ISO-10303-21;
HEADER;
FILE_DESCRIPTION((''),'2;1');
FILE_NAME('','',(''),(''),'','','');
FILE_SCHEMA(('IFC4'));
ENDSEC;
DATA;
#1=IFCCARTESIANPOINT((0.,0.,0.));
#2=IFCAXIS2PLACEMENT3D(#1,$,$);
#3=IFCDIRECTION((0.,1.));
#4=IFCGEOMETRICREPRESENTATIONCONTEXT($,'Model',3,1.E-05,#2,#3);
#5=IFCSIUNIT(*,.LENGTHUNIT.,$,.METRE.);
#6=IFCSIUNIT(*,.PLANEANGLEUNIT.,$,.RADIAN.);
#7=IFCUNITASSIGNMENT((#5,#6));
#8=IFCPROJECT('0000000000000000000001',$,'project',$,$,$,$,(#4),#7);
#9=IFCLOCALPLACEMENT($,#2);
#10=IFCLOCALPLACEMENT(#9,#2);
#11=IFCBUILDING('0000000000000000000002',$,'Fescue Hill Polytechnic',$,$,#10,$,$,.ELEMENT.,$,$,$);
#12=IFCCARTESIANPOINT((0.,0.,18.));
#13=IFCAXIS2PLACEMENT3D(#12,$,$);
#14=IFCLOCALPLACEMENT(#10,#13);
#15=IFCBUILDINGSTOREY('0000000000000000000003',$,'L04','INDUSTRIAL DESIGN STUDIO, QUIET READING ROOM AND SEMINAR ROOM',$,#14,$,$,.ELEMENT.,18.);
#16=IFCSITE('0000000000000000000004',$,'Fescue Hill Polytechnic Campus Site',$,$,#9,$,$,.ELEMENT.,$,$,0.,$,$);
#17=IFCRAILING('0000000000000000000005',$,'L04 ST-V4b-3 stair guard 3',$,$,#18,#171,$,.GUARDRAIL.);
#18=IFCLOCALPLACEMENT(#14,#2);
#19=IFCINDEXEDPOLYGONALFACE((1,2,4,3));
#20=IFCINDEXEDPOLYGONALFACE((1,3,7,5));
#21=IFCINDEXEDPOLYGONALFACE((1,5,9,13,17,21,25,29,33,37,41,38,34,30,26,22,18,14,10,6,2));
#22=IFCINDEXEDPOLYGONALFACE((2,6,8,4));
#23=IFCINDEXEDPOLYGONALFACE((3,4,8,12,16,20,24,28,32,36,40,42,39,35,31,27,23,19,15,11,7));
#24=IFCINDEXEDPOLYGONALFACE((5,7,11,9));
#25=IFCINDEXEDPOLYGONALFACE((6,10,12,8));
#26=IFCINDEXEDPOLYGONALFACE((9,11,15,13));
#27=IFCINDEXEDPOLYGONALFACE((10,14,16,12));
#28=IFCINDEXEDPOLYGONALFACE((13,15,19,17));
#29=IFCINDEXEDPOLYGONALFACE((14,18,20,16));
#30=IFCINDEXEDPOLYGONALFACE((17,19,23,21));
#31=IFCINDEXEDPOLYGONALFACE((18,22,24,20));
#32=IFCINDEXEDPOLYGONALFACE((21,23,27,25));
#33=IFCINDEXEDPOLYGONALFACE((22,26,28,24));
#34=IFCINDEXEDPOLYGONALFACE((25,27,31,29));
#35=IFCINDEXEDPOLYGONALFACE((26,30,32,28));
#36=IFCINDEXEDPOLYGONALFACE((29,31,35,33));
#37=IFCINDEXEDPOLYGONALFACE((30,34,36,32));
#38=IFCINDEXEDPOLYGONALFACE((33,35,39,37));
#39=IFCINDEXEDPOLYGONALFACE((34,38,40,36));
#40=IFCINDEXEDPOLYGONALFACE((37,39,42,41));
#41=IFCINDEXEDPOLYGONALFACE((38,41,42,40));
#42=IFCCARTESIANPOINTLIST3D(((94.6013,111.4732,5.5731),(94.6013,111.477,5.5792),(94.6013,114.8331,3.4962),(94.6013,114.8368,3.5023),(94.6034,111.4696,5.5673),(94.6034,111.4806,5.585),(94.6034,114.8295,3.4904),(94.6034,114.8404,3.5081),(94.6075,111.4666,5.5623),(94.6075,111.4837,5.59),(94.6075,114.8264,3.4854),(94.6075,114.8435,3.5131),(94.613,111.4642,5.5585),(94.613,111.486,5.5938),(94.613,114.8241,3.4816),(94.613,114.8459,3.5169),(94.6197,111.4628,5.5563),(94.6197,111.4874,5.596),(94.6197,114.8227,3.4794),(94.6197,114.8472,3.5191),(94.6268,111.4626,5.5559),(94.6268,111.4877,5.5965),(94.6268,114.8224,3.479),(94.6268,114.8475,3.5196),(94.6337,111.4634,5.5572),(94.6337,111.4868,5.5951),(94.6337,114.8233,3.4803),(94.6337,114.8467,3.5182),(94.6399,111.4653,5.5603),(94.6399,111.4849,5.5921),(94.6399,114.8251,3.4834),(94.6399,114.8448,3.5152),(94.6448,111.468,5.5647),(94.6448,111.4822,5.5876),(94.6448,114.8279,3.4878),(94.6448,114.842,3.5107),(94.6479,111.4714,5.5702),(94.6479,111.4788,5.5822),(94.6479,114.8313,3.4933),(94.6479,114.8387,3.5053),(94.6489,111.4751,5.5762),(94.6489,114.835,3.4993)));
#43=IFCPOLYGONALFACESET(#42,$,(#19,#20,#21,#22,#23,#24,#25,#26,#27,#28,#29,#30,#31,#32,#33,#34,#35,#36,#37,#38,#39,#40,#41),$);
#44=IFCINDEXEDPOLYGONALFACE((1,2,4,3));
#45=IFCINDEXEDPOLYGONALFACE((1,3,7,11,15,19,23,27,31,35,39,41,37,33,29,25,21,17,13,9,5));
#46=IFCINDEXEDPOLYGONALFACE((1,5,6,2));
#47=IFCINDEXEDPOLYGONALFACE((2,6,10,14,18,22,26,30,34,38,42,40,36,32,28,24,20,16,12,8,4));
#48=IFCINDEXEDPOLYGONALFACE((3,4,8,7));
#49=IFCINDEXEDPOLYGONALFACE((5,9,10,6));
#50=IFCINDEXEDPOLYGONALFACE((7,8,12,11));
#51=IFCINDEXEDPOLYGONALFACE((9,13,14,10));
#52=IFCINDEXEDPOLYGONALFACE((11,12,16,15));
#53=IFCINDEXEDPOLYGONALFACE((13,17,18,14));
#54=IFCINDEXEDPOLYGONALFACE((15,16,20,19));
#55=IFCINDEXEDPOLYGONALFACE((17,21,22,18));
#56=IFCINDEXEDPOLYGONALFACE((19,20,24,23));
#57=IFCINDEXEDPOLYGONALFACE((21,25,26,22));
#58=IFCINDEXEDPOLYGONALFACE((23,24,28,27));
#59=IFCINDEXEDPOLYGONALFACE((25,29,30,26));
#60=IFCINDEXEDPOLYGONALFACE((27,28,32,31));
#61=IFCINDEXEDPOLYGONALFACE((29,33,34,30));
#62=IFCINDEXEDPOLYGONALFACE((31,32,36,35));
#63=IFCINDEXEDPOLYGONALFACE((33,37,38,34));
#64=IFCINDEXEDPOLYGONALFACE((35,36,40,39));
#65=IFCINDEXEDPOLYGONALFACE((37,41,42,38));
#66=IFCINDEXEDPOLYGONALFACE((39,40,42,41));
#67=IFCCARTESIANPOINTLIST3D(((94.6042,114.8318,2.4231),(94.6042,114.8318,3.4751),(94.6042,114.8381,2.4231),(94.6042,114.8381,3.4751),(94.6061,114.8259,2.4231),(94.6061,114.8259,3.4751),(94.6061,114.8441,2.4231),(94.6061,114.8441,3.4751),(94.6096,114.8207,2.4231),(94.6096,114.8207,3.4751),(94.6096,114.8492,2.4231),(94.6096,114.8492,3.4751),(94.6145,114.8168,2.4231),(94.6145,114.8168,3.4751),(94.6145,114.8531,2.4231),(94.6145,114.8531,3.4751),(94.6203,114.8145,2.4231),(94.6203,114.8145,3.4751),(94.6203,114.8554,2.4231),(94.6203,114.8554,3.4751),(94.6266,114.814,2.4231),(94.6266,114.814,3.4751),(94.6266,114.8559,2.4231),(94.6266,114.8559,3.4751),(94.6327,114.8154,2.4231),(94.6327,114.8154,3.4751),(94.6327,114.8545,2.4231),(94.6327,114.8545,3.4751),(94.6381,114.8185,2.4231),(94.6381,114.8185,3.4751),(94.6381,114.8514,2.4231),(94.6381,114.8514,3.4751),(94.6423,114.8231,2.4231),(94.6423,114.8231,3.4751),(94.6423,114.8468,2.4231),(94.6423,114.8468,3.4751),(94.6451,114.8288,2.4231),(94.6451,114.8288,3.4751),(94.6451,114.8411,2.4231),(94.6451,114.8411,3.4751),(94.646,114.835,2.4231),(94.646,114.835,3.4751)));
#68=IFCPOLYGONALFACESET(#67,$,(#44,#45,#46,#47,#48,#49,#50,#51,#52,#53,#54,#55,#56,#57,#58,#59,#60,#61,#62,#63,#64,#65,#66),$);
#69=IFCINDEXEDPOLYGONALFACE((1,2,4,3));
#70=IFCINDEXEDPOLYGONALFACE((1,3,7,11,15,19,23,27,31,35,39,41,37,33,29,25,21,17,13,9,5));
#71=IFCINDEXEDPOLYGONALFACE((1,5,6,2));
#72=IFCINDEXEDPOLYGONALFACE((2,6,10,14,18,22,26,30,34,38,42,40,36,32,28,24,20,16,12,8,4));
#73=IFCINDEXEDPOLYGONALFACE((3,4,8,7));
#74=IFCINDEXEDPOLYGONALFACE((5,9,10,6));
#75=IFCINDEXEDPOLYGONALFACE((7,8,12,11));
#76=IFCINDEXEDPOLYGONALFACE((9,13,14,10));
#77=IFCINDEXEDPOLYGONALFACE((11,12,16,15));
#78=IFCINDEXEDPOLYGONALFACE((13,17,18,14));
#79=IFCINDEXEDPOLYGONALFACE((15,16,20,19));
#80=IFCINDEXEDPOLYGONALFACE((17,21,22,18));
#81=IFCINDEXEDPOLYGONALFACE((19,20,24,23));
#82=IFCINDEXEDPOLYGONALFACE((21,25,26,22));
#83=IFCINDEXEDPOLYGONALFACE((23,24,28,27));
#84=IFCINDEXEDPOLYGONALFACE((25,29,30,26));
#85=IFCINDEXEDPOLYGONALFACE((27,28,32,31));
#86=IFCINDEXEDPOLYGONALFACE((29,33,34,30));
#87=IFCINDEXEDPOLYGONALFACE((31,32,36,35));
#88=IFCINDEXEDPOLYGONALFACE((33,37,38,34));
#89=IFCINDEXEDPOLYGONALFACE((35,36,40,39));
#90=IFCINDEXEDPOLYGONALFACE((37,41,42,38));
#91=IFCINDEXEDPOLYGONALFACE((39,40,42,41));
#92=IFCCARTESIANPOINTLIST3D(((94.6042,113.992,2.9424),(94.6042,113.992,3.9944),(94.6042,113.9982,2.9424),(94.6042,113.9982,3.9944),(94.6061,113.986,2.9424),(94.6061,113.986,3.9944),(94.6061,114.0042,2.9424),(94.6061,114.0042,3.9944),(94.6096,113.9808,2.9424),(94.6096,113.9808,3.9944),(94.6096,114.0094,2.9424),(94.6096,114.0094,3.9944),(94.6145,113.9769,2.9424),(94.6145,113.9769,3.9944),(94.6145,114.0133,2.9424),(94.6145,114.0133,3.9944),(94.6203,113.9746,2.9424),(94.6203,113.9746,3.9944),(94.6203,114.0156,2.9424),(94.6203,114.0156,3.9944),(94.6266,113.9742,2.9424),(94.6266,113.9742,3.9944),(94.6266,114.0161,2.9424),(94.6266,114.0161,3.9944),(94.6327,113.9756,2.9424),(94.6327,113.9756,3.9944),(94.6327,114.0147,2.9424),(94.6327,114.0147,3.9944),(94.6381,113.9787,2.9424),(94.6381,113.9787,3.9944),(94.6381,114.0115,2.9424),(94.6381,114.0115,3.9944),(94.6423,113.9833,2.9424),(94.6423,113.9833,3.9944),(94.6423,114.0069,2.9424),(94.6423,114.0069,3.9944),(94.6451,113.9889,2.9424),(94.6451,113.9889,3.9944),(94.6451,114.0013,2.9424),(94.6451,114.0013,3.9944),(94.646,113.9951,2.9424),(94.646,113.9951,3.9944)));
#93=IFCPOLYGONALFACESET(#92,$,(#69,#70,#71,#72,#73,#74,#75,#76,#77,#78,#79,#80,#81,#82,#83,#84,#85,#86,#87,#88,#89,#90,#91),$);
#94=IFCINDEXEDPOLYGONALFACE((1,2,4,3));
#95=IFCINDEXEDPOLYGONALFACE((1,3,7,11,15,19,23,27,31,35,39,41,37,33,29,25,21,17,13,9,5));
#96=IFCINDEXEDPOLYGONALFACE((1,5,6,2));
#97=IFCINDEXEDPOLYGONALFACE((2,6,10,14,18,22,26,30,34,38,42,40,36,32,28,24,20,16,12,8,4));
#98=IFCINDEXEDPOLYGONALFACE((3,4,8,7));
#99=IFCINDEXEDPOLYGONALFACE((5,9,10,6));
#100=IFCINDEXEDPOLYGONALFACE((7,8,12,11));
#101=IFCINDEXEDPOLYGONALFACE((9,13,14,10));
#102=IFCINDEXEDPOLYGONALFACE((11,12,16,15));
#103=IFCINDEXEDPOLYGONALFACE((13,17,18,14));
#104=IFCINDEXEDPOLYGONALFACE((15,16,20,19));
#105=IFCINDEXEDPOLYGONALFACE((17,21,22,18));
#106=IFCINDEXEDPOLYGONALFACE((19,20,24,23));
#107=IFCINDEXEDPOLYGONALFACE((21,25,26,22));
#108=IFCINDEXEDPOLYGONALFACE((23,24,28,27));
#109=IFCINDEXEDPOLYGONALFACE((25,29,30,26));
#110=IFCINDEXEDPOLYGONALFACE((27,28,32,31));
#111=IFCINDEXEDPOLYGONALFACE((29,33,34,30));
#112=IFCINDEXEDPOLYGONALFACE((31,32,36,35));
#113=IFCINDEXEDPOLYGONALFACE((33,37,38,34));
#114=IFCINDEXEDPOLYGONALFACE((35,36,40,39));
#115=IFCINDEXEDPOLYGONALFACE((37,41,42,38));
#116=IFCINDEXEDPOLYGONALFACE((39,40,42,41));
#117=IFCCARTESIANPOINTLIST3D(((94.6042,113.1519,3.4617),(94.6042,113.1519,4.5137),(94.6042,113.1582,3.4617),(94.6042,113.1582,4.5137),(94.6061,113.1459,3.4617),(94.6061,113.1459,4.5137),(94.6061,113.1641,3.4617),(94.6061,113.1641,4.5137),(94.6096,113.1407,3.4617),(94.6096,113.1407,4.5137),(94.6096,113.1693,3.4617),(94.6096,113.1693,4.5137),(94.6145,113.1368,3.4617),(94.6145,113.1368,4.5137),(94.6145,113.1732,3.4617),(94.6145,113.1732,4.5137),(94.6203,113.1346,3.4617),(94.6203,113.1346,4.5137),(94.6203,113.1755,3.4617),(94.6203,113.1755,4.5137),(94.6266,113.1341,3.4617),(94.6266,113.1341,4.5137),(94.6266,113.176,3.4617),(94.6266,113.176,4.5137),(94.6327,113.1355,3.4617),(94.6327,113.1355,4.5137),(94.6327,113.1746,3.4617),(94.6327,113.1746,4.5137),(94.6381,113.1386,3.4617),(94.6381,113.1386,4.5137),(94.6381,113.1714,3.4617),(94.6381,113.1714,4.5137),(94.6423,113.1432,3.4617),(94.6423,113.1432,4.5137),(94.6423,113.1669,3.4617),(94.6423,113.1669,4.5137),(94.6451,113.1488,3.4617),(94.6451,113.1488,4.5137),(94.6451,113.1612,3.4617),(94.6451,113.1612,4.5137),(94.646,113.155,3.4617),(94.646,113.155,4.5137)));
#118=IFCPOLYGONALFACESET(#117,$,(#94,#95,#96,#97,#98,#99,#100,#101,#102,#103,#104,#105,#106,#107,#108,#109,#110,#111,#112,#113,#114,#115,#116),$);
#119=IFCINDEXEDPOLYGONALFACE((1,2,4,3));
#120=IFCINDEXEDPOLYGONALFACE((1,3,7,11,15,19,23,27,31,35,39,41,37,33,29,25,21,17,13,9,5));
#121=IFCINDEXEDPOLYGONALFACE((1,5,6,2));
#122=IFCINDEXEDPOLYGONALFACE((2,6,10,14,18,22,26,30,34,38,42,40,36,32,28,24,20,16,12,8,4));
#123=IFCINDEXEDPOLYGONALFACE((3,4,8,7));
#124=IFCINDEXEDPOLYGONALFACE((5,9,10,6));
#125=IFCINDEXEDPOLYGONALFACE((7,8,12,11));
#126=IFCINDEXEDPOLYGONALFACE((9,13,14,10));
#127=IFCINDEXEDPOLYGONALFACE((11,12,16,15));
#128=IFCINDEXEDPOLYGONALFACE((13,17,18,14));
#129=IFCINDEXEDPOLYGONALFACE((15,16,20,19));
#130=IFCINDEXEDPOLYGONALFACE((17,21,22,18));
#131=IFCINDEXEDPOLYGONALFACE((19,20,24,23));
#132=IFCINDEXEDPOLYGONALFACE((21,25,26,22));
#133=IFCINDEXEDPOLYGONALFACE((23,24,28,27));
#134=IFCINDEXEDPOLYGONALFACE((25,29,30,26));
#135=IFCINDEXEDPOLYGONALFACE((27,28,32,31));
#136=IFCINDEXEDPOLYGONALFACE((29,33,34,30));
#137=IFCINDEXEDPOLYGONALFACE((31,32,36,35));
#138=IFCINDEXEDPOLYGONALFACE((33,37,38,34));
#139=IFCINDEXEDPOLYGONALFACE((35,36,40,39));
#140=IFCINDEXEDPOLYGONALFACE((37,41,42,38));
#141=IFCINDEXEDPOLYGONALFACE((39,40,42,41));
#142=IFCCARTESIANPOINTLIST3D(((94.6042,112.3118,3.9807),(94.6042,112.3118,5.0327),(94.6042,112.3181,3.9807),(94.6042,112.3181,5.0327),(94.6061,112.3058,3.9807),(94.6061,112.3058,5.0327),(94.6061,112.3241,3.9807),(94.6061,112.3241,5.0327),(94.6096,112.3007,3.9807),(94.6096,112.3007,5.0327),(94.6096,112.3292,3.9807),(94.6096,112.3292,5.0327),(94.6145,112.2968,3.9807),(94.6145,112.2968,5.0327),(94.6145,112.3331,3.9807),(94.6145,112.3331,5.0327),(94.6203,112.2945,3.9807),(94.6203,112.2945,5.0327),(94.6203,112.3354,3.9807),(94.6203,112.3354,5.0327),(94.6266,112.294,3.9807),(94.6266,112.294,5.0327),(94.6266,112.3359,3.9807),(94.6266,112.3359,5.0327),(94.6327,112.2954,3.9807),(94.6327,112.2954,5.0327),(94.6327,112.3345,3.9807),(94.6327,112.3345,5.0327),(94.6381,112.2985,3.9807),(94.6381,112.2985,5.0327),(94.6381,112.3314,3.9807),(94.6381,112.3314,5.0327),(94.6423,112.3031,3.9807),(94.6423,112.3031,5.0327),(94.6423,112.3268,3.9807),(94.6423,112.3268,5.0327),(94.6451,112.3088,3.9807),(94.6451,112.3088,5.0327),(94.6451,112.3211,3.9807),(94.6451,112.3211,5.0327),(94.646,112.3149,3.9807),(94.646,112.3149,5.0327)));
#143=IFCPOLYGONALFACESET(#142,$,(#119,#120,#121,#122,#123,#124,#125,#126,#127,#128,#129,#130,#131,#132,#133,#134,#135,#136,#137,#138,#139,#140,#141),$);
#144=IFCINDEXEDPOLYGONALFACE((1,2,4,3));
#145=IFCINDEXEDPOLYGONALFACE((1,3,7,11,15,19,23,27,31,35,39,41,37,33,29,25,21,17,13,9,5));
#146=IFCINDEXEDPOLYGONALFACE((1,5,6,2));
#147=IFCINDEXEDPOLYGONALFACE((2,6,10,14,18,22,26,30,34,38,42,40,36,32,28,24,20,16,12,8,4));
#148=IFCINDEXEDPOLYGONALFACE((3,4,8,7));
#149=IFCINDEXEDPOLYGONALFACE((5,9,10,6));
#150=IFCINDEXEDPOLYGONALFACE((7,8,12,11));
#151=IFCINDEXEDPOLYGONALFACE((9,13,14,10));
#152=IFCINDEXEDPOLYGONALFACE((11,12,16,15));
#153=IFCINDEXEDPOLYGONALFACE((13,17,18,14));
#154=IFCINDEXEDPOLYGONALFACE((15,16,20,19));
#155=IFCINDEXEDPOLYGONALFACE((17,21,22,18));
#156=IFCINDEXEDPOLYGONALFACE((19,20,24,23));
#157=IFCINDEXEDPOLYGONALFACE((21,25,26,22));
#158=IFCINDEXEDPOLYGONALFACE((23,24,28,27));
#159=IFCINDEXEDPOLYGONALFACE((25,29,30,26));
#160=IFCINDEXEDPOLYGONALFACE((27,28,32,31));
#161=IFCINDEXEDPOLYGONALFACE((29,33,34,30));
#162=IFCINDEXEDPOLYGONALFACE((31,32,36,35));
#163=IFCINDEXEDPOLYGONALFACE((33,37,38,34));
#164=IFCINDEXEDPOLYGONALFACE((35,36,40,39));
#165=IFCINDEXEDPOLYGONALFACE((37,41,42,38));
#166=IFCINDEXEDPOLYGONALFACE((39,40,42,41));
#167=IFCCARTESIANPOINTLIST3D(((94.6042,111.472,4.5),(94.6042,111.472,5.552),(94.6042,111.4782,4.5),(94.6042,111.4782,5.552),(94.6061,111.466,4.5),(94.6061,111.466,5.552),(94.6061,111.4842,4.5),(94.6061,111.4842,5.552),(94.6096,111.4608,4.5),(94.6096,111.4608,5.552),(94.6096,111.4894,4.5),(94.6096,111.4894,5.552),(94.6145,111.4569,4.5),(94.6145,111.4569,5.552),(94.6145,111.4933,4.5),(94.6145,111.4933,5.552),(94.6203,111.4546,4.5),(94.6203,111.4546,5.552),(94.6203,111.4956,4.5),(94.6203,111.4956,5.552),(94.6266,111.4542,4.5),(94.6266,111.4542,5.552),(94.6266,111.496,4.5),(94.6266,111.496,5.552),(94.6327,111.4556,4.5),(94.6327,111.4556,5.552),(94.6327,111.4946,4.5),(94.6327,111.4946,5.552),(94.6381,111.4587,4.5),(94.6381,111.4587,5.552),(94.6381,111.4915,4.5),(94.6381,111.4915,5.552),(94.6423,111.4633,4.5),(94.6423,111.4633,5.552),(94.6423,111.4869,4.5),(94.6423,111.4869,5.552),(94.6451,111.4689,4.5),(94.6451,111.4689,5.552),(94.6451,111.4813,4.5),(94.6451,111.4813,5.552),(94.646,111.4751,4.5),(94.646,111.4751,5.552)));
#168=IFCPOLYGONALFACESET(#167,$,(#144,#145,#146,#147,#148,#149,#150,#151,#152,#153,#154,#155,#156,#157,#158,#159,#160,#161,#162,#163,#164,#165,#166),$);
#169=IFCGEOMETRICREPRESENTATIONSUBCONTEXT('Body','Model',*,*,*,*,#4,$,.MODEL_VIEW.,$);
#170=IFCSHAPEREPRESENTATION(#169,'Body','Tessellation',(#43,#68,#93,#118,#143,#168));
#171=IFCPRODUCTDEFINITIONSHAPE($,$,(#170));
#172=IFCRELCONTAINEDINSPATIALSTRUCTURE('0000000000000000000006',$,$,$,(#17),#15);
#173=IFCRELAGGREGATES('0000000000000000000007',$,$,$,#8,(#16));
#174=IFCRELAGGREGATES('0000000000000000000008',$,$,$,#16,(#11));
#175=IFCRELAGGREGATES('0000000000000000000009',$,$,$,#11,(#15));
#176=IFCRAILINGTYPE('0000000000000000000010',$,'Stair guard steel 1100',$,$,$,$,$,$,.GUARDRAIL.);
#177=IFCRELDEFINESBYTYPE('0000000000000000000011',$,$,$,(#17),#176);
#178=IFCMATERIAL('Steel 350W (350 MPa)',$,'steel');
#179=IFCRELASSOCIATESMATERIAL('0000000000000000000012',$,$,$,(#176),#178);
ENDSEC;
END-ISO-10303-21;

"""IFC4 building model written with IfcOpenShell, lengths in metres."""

from ifc_helpers import new_model, si_unit, direction, frame, origin, origin_2d, place, context, subcontext, project, spatial, circle, extrude, material, type_object, element, save


model = new_model("IFC4")

# Units and contexts
model_context = context("Model", 3, precision=1e-05, world=origin(), true_north=direction((0.0, 1.0)))
body_context = subcontext(model_context, "Body", "Model", "MODEL_VIEW")
ifc_project = project(units=[si_unit("LENGTHUNIT", "METRE"), si_unit("PLANEANGLEUNIT", "RADIAN")], contexts=[model_context])

# Site, building, storey
site_placement = place(None, origin())
site = spatial("IfcSite", under=ifc_project, at=site_placement, Name="Fescue Hill Polytechnic Campus Site", CompositionType="ELEMENT", RefElevation=0.0)
building_placement = place(site_placement, origin())
building = spatial("IfcBuilding", under=site, at=building_placement, Name="Fescue Hill Polytechnic", CompositionType="ELEMENT")
storey_placement = place(building_placement, frame((0.0, 0.0, 18.0)))
storey = spatial("IfcBuildingStorey", under=building, at=storey_placement, Name="L04", Description="INDUSTRIAL DESIGN STUDIO, QUIET READING ROOM AND SEMINAR ROOM", CompositionType="ELEMENT", Elevation=18.0)

# Railing
ifc_material_1 = material(Name="Steel 350W (350 MPa)", Category="steel")
railing_type_1 = type_object("IfcRailingType", Name="Stair guard steel 1100", PredefinedType="GUARDRAIL", material=ifc_material_1)
railing_1_placement = place(storey_placement, frame((94.625, 114.835, 2.4231)))
element("IfcRailing", 1, at=railing_1_placement, inside=storey, type_object=railing_type_1, Name="L04 ST-V4b-3 stair guard 3", PredefinedType="GUARDRAIL", context=body_context, shape_type="SweptSolid", body=[
    extrude(circle(Radius=0.0239, at=origin_2d()), frame((0.0, 0.0, 1.0762), z_axis=(0.0, -0.850606, 0.525803), x_axis=(1.0, 0.0, 0.0)), (0.0, 0.0, 1.0), 3.95),
    extrude(circle(Radius=0.021, at=origin_2d()), origin(), (0.0, 0.0, 1.0), 1.052),
    extrude(circle(Radius=0.021, at=origin_2d()), frame((0.0, -0.8398, 0.5193)), (0.0, 0.0, 1.0), 1.052),
    extrude(circle(Radius=0.021, at=origin_2d()), frame((0.0, -1.6799, 1.0386)), (0.0, 0.0, 1.0), 1.052),
    extrude(circle(Radius=0.021, at=origin_2d()), frame((0.0, -2.52, 1.5576)), (0.0, 0.0, 1.0), 1.052),
    extrude(circle(Radius=0.021, at=origin_2d()), frame((0.0, -3.3599, 2.0769)), (0.0, 0.0, 1.0), 1.052),
])

save(model, "model.ifc")
